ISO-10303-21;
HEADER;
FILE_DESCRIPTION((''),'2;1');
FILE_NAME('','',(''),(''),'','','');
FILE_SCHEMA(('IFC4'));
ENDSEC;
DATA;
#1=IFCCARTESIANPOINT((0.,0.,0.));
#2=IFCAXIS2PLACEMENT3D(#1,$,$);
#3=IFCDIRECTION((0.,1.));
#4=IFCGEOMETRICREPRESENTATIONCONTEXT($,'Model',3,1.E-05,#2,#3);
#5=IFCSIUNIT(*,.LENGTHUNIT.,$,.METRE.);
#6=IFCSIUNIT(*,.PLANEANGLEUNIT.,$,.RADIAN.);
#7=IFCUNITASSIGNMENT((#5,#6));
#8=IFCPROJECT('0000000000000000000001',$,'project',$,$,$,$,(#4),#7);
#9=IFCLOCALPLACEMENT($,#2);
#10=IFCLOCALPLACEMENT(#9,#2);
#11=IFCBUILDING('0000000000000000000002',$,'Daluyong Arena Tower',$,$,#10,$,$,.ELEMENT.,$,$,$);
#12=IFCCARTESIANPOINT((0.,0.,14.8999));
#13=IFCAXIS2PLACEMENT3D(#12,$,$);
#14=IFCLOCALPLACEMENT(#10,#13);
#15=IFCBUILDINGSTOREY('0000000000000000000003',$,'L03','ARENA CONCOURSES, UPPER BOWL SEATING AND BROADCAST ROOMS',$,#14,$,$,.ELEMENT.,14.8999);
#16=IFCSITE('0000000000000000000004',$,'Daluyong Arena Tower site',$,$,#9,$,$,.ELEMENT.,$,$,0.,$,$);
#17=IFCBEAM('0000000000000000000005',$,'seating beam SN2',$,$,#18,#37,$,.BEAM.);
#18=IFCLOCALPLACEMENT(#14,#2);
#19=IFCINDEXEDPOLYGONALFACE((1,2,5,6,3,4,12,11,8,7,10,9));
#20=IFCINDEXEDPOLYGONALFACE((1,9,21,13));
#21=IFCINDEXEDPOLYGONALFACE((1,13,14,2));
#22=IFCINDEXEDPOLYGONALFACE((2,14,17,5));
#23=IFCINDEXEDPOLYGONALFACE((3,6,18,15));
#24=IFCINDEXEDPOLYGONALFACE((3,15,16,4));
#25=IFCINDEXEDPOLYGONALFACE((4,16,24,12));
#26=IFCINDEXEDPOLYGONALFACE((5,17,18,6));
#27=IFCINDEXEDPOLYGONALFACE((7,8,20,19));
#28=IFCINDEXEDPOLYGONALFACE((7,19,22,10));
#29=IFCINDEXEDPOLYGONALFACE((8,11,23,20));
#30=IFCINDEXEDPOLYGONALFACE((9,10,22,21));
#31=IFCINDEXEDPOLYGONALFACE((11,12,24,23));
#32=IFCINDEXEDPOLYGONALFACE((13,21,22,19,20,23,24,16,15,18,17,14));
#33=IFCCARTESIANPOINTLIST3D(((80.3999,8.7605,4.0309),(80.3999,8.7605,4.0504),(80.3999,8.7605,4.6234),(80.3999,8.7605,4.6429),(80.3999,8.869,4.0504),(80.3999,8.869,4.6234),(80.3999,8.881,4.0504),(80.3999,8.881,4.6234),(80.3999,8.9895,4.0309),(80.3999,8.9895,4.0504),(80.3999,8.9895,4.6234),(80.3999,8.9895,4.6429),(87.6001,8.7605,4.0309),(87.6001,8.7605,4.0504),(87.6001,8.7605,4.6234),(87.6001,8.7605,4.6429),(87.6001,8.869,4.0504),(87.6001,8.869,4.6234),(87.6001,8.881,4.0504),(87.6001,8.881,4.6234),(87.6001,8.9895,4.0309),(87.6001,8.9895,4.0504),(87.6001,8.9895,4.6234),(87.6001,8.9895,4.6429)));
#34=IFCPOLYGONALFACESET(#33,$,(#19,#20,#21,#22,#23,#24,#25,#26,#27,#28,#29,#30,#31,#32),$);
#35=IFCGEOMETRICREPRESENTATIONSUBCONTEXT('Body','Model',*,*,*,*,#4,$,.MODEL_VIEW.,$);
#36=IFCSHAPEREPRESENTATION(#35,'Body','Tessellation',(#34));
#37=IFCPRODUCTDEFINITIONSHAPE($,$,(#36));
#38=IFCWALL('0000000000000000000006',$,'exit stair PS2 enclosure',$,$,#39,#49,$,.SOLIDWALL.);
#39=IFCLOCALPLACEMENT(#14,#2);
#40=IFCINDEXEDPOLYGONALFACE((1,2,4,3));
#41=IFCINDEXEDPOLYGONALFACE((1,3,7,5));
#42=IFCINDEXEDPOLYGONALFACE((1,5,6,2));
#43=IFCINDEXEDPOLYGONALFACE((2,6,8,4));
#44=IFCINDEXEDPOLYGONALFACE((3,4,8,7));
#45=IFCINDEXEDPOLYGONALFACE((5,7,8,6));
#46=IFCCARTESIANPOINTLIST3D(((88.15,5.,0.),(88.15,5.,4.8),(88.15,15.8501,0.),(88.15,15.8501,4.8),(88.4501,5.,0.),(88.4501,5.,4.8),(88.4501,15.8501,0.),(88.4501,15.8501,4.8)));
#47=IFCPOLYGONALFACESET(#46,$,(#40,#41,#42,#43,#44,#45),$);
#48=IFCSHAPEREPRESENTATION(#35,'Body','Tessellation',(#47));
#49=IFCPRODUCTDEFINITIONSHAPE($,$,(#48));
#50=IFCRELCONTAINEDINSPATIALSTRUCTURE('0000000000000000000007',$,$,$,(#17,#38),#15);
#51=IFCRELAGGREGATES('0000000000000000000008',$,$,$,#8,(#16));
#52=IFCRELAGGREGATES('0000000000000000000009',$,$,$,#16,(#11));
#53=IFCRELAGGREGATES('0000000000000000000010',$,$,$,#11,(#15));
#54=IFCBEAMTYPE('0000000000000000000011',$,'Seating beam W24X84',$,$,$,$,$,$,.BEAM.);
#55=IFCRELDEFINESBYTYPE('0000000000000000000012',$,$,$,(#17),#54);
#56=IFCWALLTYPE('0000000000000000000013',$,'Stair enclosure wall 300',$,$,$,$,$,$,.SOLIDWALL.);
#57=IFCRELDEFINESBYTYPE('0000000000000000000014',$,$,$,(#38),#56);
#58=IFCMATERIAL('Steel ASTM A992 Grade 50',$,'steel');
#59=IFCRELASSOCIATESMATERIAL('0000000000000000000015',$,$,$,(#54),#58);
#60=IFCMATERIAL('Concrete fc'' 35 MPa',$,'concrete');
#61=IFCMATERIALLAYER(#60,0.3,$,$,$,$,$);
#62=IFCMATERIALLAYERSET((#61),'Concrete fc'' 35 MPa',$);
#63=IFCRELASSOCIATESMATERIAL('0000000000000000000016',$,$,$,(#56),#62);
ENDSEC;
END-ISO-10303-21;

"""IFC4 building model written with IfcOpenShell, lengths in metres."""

from ifc_helpers import new_model, si_unit, direction, frame, frame_2d, origin, origin_2d, place, context, subcontext, project, spatial, rectangle, i_section, extrude, material, layer, layer_set, material_profile, profile_set, type_object, element, save


model = new_model("IFC4")

# Units and contexts
model_context = context("Model", 3, precision=1e-05, world=origin(), true_north=direction((0.0, 1.0)))
body_context = subcontext(model_context, "Body", "Model", "MODEL_VIEW")
ifc_project = project(units=[si_unit("LENGTHUNIT", "METRE"), si_unit("PLANEANGLEUNIT", "RADIAN")], contexts=[model_context])

# Site, building, storey
site_placement = place(None, origin())
site = spatial("IfcSite", under=ifc_project, at=site_placement, Name="Daluyong Arena Tower site", CompositionType="ELEMENT", RefElevation=0.0)
building_placement = place(site_placement, origin())
building = spatial("IfcBuilding", under=site, at=building_placement, Name="Daluyong Arena Tower", CompositionType="ELEMENT")
storey_placement = place(building_placement, frame((0.0, 0.0, 14.8999)))
storey = spatial("IfcBuildingStorey", under=building, at=storey_placement, Name="L03", Description="ARENA CONCOURSES, UPPER BOWL SEATING AND BROADCAST ROOMS", CompositionType="ELEMENT", Elevation=14.8999)

# Beam
ifc_material_1 = material(Name="Steel ASTM A992 Grade 50", Category="steel")
ifc_material_profile_1 = material_profile(ifc_material_1, i_section(OverallWidth=0.229, OverallDepth=0.6121, WebThickness=0.012, FlangeThickness=0.0195, at=origin_2d()))
ifc_profile_set_1 = profile_set([ifc_material_profile_1], Name="Steel ASTM A992 Grade 50")
beam_type_1 = type_object("IfcBeamType", Name="Seating beam W24X84", PredefinedType="BEAM", material=ifc_profile_set_1)
beam_placement = place(storey_placement, frame((80.3999, 8.875, 4.3369), z_axis=(1.0, 0.0, 0.0), x_axis=(0.0, 1.0, 0.0)))
element("IfcBeam", 1, at=beam_placement, inside=storey, type_object=beam_type_1, Name="seating beam SN2", PredefinedType="BEAM", context=body_context, shape_type="SweptSolid", body=[
    extrude(i_section(OverallWidth=0.229, OverallDepth=0.6121, WebThickness=0.012, FlangeThickness=0.0195, at=origin_2d()), origin(), (0.0, 0.0, 1.0), 7.2002),
])

# Wall
ifc_material_2 = material(Name="Concrete fc' 35 MPa", Category="concrete")
ifc_layer = layer(ifc_material_2, 0.3)
ifc_layer_set = layer_set([ifc_layer], Name="Concrete fc' 35 MPa")
wall_type = type_object("IfcWallType", Name="Stair enclosure wall 300", PredefinedType="SOLIDWALL", material=ifc_layer_set)
wall_placement = place(storey_placement, frame((88.3, 5.0, 0.0), z_axis=(0.0, 0.0, 1.0), x_axis=(0.0, 1.0, 0.0)))
element("IfcWall", 2, at=wall_placement, inside=storey, type_object=wall_type, Name="exit stair PS2 enclosure", PredefinedType="SOLIDWALL", context=body_context, shape_type="SweptSolid", body=[
    extrude(rectangle(XDim=10.8501, YDim=0.3, at=frame_2d((5.425, 0.0))), origin(), (0.0, 0.0, 1.0), 4.8),
])

save(model, "model.ifc")
